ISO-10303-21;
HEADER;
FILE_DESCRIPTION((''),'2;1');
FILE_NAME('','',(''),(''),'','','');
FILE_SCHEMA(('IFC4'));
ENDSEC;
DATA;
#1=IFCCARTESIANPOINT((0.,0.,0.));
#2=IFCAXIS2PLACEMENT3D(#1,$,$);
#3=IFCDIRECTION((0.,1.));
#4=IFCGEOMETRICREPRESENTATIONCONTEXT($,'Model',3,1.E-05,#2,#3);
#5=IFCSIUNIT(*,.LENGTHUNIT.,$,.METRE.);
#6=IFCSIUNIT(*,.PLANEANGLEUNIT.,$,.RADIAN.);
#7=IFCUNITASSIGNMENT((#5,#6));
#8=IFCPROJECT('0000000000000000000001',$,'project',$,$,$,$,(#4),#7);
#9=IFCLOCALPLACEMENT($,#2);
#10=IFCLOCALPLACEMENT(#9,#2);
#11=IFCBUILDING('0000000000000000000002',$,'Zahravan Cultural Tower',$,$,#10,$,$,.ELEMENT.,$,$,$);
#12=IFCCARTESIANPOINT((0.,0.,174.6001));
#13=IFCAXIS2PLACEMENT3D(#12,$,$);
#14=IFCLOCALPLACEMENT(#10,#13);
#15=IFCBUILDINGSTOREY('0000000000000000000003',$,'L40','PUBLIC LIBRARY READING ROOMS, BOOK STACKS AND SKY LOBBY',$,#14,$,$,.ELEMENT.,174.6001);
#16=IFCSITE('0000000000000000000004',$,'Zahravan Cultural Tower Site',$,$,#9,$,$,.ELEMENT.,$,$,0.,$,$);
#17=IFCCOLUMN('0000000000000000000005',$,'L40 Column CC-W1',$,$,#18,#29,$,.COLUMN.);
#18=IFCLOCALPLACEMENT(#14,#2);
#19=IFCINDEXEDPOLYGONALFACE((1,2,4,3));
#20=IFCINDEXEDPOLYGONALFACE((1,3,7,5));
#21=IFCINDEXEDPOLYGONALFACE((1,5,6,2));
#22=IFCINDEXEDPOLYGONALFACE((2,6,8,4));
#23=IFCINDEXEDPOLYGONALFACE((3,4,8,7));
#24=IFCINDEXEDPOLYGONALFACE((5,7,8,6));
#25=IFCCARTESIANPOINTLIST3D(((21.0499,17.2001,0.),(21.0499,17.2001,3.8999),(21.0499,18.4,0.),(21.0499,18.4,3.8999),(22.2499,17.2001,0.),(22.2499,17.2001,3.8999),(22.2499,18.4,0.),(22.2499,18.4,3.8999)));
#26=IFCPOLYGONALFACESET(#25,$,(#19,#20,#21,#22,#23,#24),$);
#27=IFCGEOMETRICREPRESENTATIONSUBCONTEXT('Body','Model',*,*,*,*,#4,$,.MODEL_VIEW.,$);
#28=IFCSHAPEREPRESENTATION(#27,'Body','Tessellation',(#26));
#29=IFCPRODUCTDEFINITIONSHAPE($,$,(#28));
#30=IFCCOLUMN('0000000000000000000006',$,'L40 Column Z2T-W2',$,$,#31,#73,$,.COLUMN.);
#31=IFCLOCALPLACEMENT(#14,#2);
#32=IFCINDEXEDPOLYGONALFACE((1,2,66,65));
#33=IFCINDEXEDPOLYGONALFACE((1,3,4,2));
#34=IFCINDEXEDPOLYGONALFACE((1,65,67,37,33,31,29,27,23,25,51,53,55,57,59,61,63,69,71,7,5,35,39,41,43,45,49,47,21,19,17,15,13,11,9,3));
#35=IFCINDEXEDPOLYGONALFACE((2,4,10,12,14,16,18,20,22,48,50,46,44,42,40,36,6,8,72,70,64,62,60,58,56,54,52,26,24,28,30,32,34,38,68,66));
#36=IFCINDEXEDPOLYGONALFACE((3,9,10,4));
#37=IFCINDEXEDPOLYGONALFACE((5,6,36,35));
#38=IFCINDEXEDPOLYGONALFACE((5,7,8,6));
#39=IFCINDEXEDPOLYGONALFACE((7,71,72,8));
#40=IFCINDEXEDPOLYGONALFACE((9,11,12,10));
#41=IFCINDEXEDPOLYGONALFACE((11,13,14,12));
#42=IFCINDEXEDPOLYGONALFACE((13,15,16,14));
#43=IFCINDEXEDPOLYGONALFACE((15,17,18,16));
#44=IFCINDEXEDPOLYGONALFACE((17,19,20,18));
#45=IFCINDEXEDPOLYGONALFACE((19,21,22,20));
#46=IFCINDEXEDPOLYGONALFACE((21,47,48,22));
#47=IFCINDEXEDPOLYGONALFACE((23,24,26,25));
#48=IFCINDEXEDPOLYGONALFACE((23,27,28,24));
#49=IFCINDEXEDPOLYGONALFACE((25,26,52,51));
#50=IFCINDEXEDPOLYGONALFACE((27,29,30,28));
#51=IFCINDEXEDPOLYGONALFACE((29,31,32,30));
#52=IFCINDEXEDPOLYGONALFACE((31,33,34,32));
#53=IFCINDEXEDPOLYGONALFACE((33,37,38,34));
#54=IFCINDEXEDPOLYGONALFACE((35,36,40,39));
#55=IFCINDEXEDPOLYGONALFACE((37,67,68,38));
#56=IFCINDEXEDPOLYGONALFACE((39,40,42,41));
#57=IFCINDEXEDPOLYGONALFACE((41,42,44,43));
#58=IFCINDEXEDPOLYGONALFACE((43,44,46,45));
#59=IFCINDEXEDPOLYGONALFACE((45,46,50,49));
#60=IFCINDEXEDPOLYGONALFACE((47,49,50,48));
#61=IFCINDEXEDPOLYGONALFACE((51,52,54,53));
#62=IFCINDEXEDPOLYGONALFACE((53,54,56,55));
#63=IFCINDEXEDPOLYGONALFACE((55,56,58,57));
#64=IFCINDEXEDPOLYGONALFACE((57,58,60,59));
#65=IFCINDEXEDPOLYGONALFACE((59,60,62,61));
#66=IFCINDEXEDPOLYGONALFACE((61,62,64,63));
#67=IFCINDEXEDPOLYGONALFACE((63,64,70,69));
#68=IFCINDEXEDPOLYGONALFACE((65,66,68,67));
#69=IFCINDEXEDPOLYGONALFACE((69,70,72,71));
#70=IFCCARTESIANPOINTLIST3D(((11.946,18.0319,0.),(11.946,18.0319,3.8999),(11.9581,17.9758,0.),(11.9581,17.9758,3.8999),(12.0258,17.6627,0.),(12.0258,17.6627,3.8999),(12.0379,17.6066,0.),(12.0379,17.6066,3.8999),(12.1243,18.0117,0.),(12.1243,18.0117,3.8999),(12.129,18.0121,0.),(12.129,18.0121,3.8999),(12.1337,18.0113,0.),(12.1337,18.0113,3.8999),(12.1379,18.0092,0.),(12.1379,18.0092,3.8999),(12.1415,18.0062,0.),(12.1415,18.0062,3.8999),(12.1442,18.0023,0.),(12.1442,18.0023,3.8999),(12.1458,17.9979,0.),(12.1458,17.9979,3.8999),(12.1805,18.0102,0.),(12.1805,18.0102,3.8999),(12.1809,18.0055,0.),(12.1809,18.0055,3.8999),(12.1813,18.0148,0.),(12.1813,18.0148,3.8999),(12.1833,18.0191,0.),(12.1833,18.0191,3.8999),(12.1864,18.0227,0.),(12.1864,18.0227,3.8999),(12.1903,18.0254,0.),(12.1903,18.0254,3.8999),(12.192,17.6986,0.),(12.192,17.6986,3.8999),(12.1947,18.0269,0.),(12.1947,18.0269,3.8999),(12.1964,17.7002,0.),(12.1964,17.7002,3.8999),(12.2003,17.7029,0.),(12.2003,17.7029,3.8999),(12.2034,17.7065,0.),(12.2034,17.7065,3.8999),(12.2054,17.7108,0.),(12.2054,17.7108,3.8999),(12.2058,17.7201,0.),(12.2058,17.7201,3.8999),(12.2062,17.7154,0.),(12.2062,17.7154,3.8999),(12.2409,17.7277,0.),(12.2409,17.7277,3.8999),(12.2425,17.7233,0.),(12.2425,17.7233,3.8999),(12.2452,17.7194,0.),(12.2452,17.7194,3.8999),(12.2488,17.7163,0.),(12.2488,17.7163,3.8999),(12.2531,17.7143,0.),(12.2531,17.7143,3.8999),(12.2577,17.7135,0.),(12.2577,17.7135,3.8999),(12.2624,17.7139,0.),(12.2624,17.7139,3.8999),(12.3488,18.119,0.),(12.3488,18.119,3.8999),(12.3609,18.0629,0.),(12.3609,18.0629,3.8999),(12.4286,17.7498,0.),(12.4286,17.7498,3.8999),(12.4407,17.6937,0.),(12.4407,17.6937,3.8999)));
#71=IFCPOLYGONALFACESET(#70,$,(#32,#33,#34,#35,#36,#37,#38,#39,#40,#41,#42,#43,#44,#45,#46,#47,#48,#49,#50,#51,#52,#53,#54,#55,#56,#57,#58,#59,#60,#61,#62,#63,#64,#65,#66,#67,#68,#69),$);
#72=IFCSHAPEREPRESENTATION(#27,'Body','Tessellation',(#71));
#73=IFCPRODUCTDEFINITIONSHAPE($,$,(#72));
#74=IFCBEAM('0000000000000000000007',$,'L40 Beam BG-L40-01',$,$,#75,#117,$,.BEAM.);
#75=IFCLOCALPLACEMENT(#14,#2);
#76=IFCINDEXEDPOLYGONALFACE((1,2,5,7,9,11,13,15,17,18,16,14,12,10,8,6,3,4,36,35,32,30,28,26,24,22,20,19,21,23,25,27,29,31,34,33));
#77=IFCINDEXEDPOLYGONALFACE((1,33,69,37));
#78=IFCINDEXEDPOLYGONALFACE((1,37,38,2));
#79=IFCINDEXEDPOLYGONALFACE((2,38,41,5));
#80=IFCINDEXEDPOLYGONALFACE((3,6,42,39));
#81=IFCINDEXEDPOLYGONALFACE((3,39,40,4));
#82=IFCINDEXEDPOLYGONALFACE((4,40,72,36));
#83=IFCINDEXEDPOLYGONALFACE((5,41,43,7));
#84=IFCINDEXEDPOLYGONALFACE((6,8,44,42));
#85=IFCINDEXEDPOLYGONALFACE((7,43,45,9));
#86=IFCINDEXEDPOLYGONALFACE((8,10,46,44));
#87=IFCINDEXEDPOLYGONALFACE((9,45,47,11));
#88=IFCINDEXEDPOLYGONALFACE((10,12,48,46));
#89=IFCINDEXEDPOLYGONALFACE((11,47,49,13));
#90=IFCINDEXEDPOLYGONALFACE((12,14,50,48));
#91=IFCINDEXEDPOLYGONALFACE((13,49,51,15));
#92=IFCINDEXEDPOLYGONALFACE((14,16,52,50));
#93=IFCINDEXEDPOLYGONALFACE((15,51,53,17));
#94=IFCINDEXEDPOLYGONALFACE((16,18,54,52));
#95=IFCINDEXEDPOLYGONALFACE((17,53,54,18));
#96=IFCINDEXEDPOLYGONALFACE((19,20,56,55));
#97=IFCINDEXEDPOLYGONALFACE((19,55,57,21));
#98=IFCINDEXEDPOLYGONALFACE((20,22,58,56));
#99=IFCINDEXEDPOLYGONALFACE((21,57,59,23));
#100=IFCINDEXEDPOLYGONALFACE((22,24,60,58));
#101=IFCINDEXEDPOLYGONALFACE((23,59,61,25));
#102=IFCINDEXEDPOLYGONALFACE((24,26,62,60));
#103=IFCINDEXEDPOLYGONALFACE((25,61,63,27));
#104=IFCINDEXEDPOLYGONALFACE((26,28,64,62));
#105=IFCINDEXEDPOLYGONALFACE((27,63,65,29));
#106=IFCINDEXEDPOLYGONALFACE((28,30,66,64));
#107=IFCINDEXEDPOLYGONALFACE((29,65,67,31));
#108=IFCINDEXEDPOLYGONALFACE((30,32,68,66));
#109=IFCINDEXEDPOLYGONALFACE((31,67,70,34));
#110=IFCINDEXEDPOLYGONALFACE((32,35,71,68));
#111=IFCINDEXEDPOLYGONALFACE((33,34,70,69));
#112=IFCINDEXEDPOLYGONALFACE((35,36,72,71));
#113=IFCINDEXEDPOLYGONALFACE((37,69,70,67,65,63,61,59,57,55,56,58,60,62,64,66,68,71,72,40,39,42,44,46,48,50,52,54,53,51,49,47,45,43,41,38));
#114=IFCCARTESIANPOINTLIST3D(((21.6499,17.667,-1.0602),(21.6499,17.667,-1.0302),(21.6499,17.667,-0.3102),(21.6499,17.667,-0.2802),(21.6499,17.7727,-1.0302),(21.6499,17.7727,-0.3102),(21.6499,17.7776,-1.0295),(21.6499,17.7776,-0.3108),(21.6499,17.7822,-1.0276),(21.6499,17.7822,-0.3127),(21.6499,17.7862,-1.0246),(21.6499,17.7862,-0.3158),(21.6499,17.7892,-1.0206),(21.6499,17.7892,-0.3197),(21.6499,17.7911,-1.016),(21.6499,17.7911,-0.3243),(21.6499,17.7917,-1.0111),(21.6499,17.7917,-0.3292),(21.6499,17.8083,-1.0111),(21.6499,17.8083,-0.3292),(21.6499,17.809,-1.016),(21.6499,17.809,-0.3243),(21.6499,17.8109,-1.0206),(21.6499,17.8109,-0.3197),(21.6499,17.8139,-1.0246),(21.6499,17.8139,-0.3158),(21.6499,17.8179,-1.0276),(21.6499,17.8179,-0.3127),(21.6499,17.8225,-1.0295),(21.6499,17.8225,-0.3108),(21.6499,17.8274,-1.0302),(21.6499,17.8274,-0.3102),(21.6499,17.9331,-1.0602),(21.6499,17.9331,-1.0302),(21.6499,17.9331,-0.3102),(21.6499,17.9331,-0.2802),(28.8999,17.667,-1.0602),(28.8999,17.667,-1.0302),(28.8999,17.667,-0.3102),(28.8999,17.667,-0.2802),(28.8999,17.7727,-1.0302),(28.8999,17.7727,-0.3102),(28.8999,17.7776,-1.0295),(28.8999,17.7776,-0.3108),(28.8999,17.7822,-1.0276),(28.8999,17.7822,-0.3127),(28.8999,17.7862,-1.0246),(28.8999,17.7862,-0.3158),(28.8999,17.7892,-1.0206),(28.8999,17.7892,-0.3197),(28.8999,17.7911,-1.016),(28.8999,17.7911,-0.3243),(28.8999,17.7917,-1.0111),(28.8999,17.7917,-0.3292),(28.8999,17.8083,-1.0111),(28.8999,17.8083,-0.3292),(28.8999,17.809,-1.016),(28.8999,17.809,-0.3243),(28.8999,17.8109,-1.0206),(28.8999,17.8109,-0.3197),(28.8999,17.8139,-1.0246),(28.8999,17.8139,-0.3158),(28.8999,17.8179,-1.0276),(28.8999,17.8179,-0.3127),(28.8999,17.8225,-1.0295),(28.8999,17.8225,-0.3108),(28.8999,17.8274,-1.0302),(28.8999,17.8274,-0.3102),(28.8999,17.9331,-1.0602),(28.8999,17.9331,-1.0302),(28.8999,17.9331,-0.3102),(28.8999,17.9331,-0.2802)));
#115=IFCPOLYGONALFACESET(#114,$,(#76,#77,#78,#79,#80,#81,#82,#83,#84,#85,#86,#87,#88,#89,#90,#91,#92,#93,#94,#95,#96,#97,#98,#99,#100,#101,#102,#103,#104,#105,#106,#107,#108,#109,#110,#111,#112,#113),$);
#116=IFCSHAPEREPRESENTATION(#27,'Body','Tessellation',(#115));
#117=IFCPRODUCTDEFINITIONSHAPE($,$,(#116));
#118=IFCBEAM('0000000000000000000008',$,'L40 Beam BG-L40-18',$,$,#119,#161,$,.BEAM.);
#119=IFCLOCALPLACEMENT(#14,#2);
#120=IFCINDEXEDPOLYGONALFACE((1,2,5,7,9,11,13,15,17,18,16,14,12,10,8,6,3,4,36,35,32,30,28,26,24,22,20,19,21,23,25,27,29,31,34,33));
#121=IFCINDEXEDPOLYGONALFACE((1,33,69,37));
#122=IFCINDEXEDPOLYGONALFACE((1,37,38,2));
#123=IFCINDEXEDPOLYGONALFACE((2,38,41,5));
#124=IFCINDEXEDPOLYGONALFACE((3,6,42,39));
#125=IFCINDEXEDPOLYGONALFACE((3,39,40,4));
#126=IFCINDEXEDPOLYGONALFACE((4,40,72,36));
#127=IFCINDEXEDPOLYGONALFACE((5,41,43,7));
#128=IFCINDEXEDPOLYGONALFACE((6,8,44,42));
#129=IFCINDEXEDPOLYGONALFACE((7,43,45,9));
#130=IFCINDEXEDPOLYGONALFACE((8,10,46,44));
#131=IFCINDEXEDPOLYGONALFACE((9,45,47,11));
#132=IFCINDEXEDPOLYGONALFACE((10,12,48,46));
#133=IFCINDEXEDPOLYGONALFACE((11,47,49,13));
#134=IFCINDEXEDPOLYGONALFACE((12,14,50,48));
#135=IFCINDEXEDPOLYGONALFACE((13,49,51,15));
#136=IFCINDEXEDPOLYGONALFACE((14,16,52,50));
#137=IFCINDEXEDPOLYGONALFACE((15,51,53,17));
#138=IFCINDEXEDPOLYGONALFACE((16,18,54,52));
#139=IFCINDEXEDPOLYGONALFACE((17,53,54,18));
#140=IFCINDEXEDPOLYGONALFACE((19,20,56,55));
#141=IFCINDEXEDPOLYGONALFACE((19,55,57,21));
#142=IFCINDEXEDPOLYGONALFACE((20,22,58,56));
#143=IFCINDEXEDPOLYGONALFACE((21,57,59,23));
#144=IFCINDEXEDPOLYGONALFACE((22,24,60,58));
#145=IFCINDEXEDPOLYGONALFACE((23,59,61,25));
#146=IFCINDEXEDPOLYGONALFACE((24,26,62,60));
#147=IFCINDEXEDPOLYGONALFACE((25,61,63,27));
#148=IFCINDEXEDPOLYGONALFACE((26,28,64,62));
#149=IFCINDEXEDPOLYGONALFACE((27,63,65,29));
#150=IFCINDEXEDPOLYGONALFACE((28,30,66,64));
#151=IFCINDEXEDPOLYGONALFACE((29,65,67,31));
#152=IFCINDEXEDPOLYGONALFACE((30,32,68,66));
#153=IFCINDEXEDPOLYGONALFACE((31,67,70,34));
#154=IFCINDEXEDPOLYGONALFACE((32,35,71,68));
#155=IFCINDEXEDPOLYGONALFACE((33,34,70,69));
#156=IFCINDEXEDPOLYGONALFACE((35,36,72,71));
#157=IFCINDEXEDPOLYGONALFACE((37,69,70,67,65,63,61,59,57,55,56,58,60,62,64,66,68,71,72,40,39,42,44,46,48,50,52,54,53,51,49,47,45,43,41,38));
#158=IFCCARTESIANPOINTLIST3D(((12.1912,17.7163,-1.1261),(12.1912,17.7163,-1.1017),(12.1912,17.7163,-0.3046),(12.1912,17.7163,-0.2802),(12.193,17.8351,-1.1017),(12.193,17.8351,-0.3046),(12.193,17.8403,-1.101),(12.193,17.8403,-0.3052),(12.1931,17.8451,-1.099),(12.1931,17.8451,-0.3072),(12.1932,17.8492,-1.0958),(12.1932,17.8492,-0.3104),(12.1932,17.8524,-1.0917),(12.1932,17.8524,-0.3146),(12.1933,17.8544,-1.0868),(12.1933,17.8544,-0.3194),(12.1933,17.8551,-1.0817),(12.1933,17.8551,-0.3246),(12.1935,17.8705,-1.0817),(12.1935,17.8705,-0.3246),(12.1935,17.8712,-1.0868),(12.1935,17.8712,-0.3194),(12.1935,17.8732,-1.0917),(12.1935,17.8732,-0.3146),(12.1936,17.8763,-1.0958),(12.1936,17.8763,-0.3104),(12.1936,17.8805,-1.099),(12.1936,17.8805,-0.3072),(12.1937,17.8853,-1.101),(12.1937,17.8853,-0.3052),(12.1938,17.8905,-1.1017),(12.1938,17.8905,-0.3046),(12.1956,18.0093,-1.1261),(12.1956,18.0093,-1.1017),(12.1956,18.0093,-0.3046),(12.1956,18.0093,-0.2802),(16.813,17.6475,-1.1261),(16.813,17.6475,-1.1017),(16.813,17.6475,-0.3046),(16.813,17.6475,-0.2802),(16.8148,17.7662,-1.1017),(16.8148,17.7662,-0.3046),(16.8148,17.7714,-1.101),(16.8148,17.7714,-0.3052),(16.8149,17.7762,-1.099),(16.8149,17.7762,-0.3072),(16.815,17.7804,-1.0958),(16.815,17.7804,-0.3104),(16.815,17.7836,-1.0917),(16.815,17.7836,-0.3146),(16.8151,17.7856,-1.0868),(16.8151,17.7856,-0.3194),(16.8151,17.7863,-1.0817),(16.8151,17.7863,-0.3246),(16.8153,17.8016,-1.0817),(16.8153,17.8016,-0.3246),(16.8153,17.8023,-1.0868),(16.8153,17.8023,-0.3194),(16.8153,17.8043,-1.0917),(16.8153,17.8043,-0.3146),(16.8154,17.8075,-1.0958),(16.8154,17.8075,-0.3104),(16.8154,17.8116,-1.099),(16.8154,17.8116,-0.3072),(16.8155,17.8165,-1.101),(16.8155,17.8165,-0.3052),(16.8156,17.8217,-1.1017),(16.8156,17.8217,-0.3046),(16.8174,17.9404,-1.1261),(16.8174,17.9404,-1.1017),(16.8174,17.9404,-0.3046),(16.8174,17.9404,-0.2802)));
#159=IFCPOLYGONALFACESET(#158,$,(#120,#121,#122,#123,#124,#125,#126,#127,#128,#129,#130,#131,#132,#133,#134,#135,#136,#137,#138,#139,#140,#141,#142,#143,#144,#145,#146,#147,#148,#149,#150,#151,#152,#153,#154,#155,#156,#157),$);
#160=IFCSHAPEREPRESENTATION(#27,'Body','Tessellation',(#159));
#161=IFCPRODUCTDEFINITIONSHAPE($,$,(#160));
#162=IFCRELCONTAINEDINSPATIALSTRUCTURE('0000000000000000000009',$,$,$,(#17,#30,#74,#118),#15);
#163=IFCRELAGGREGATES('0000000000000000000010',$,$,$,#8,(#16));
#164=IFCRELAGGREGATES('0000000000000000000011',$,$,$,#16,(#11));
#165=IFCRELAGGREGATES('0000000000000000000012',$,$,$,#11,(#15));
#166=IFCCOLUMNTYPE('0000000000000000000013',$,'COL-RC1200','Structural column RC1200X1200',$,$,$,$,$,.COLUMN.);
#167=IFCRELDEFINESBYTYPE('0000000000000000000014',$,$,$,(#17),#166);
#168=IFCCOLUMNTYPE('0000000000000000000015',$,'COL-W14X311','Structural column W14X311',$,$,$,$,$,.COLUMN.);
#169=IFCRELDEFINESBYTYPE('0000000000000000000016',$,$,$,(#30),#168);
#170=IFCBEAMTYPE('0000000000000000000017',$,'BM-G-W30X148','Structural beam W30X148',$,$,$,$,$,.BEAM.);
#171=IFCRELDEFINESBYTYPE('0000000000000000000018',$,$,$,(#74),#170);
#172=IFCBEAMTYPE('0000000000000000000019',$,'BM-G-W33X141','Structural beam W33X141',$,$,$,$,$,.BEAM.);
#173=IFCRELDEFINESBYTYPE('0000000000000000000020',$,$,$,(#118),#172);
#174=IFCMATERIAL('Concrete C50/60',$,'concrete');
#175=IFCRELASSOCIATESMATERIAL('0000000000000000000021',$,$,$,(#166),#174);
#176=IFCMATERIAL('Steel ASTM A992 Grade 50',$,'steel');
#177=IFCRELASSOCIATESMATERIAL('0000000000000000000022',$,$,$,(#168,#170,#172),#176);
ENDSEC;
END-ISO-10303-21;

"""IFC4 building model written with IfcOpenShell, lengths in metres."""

from ifc_helpers import new_model, si_unit, direction, frame, origin, origin_2d, place, context, subcontext, project, spatial, rectangle, i_section, extrude, source, transform, mapped, material, material_profile, profile_set, type_object, element, save


model = new_model("IFC4")

# Units and contexts
model_context = context("Model", 3, precision=1e-05, world=origin(), true_north=direction((0.0, 1.0)))
body_context = subcontext(model_context, "Body", "Model", "MODEL_VIEW")
ifc_project = project(units=[si_unit("LENGTHUNIT", "METRE"), si_unit("PLANEANGLEUNIT", "RADIAN")], contexts=[model_context])

# Site, building, storey
site_placement = place(None, origin())
site = spatial("IfcSite", under=ifc_project, at=site_placement, Name="Zahravan Cultural Tower Site", CompositionType="ELEMENT", RefElevation=0.0)
building_placement = place(site_placement, origin())
building = spatial("IfcBuilding", under=site, at=building_placement, Name="Zahravan Cultural Tower", CompositionType="ELEMENT")
storey_placement = place(building_placement, frame((0.0, 0.0, 174.6001)))
storey = spatial("IfcBuildingStorey", under=building, at=storey_placement, Name="L40", Description="PUBLIC LIBRARY READING ROOMS, BOOK STACKS AND SKY LOBBY", CompositionType="ELEMENT", Elevation=174.6001)

# Columns
ifc_material_1 = material(Name="Concrete C50/60", Category="concrete")
ifc_material_profile_1 = material_profile(ifc_material_1, rectangle(XDim=1.2, YDim=1.2, at=origin_2d()), Name="RC1200X1200")
ifc_profile_set_1 = profile_set([ifc_material_profile_1], Name="Concrete C50/60")
column_type_1 = type_object("IfcColumnType", Name="COL-RC1200", Description="Structural column RC1200X1200", PredefinedType="COLUMN", material=ifc_profile_set_1)
shared_shape_1 = source(origin(), body_context, "Body", "SweptSolid", [
    extrude(rectangle(XDim=1.2, YDim=1.2, at=origin_2d()), origin(), (0.0, 0.0, 1.0), 3.8999),
])
column_1_placement = place(storey_placement, frame((21.6499, 17.8, 0.0), z_axis=(0.0, 0.0, 1.0), x_axis=(1.0, 0.0, 0.0)))
element("IfcColumn", 1, at=column_1_placement, inside=storey, type_object=column_type_1, Name="L40 Column CC-W1", PredefinedType="COLUMN", context=body_context, shape_type="MappedRepresentation", body=[
    mapped(shared_shape_1, transform((0.0, 0.0, 0.0), x_axis=(1.0, 0.0, 0.0), y_axis=(0.0, 1.0, 0.0), z_axis=(0.0, 0.0, 1.0), scale=1.0)),
])
ifc_material_2 = material(Name="Steel ASTM A992 Grade 50", Category="steel")
ifc_material_profile_2 = material_profile(ifc_material_2, i_section(OverallWidth=0.4121, OverallDepth=0.4351, WebThickness=0.0359, FlangeThickness=0.0574, FilletRadius=0.0181, at=origin_2d()), Name="W14X311")
ifc_profile_set_2 = profile_set([ifc_material_profile_2], Name="Steel ASTM A992 Grade 50")
column_type_2 = type_object("IfcColumnType", Name="COL-W14X311", Description="Structural column W14X311", PredefinedType="COLUMN", material=ifc_profile_set_2)
shared_shape_2 = source(origin(), body_context, "Body", "SweptSolid", [
    extrude(i_section(OverallWidth=0.4121, OverallDepth=0.4351, WebThickness=0.0359, FlangeThickness=0.0574, FilletRadius=0.0181, at=origin_2d()), origin(), (0.0, 0.0, 1.0), 3.8999),
])
column_2_placement = place(storey_placement, frame((12.1934, 17.8628, 0.0), z_axis=(0.0, 0.0, 1.0), x_axis=(0.977416, 0.211325, 0.0)))
element("IfcColumn", 2, at=column_2_placement, inside=storey, type_object=column_type_2, Name="L40 Column Z2T-W2", PredefinedType="COLUMN", context=body_context, shape_type="MappedRepresentation", body=[
    mapped(shared_shape_2, transform((0.0, 0.0, 0.0), x_axis=(1.0, 0.0, 0.0), y_axis=(0.0, 1.0, 0.0), z_axis=(0.0, 0.0, 1.0), scale=1.0)),
])

# Beams
ifc_material_profile_3 = material_profile(ifc_material_2, i_section(OverallWidth=0.2661, OverallDepth=0.78, WebThickness=0.0166, FlangeThickness=0.03, FilletRadius=0.019, at=origin_2d()), Name="W30X148")
ifc_profile_set_3 = profile_set([ifc_material_profile_3], Name="Steel ASTM A992 Grade 50")
beam_type_1 = type_object("IfcBeamType", Name="BM-G-W30X148", Description="Structural beam W30X148", PredefinedType="BEAM", material=ifc_profile_set_3)
shared_shape_3 = source(origin(), body_context, "Body", "SweptSolid", [
    extrude(i_section(OverallWidth=0.2661, OverallDepth=0.78, WebThickness=0.0166, FlangeThickness=0.03, FilletRadius=0.019, at=origin_2d()), origin(), (0.0, 0.0, 1.0), 7.25),
])
beam_1_placement = place(storey_placement, frame((21.6499, 17.8, -0.6702), z_axis=(1.0, 0.0, 0.0), x_axis=(0.0, 1.0, 0.0)))
element("IfcBeam", 3, at=beam_1_placement, inside=storey, type_object=beam_type_1, Name="L40 Beam BG-L40-01", PredefinedType="BEAM", context=body_context, shape_type="MappedRepresentation", body=[
    mapped(shared_shape_3, transform((0.0, 0.0, 0.0), x_axis=(1.0, 0.0, 0.0), y_axis=(0.0, 1.0, 0.0), z_axis=(0.0, 0.0, 1.0), scale=1.0)),
])
ifc_material_profile_4 = material_profile(ifc_material_2, i_section(OverallWidth=0.293, OverallDepth=0.8459, WebThickness=0.0154, FlangeThickness=0.0244, FilletRadius=0.02, at=origin_2d()), Name="W33X141")
ifc_profile_set_4 = profile_set([ifc_material_profile_4], Name="Steel ASTM A992 Grade 50")
beam_type_2 = type_object("IfcBeamType", Name="BM-G-W33X141", Description="Structural beam W33X141", PredefinedType="BEAM", material=ifc_profile_set_4)
shared_shape_4 = source(origin(), body_context, "Body", "SweptSolid", [
    extrude(i_section(OverallWidth=0.293, OverallDepth=0.8459, WebThickness=0.0154, FlangeThickness=0.0244, FilletRadius=0.02, at=origin_2d()), origin(), (0.0, 0.0, 1.0), 4.6223),
])
beam_2_placement = place(storey_placement, frame((16.8152, 17.7939, -0.7031), z_axis=(-0.999889, 0.014895, 0.0), x_axis=(-0.014895, -0.999889, 0.0)))
element("IfcBeam", 4, at=beam_2_placement, inside=storey, type_object=beam_type_2, Name="L40 Beam BG-L40-18", PredefinedType="BEAM", context=body_context, shape_type="MappedRepresentation", body=[
    mapped(shared_shape_4, transform((0.0, 0.0, 0.0), x_axis=(1.0, 0.0, 0.0), y_axis=(0.0, 1.0, 0.0), z_axis=(0.0, 0.0, 1.0), scale=1.0)),
])

save(model, "model.ifc")
